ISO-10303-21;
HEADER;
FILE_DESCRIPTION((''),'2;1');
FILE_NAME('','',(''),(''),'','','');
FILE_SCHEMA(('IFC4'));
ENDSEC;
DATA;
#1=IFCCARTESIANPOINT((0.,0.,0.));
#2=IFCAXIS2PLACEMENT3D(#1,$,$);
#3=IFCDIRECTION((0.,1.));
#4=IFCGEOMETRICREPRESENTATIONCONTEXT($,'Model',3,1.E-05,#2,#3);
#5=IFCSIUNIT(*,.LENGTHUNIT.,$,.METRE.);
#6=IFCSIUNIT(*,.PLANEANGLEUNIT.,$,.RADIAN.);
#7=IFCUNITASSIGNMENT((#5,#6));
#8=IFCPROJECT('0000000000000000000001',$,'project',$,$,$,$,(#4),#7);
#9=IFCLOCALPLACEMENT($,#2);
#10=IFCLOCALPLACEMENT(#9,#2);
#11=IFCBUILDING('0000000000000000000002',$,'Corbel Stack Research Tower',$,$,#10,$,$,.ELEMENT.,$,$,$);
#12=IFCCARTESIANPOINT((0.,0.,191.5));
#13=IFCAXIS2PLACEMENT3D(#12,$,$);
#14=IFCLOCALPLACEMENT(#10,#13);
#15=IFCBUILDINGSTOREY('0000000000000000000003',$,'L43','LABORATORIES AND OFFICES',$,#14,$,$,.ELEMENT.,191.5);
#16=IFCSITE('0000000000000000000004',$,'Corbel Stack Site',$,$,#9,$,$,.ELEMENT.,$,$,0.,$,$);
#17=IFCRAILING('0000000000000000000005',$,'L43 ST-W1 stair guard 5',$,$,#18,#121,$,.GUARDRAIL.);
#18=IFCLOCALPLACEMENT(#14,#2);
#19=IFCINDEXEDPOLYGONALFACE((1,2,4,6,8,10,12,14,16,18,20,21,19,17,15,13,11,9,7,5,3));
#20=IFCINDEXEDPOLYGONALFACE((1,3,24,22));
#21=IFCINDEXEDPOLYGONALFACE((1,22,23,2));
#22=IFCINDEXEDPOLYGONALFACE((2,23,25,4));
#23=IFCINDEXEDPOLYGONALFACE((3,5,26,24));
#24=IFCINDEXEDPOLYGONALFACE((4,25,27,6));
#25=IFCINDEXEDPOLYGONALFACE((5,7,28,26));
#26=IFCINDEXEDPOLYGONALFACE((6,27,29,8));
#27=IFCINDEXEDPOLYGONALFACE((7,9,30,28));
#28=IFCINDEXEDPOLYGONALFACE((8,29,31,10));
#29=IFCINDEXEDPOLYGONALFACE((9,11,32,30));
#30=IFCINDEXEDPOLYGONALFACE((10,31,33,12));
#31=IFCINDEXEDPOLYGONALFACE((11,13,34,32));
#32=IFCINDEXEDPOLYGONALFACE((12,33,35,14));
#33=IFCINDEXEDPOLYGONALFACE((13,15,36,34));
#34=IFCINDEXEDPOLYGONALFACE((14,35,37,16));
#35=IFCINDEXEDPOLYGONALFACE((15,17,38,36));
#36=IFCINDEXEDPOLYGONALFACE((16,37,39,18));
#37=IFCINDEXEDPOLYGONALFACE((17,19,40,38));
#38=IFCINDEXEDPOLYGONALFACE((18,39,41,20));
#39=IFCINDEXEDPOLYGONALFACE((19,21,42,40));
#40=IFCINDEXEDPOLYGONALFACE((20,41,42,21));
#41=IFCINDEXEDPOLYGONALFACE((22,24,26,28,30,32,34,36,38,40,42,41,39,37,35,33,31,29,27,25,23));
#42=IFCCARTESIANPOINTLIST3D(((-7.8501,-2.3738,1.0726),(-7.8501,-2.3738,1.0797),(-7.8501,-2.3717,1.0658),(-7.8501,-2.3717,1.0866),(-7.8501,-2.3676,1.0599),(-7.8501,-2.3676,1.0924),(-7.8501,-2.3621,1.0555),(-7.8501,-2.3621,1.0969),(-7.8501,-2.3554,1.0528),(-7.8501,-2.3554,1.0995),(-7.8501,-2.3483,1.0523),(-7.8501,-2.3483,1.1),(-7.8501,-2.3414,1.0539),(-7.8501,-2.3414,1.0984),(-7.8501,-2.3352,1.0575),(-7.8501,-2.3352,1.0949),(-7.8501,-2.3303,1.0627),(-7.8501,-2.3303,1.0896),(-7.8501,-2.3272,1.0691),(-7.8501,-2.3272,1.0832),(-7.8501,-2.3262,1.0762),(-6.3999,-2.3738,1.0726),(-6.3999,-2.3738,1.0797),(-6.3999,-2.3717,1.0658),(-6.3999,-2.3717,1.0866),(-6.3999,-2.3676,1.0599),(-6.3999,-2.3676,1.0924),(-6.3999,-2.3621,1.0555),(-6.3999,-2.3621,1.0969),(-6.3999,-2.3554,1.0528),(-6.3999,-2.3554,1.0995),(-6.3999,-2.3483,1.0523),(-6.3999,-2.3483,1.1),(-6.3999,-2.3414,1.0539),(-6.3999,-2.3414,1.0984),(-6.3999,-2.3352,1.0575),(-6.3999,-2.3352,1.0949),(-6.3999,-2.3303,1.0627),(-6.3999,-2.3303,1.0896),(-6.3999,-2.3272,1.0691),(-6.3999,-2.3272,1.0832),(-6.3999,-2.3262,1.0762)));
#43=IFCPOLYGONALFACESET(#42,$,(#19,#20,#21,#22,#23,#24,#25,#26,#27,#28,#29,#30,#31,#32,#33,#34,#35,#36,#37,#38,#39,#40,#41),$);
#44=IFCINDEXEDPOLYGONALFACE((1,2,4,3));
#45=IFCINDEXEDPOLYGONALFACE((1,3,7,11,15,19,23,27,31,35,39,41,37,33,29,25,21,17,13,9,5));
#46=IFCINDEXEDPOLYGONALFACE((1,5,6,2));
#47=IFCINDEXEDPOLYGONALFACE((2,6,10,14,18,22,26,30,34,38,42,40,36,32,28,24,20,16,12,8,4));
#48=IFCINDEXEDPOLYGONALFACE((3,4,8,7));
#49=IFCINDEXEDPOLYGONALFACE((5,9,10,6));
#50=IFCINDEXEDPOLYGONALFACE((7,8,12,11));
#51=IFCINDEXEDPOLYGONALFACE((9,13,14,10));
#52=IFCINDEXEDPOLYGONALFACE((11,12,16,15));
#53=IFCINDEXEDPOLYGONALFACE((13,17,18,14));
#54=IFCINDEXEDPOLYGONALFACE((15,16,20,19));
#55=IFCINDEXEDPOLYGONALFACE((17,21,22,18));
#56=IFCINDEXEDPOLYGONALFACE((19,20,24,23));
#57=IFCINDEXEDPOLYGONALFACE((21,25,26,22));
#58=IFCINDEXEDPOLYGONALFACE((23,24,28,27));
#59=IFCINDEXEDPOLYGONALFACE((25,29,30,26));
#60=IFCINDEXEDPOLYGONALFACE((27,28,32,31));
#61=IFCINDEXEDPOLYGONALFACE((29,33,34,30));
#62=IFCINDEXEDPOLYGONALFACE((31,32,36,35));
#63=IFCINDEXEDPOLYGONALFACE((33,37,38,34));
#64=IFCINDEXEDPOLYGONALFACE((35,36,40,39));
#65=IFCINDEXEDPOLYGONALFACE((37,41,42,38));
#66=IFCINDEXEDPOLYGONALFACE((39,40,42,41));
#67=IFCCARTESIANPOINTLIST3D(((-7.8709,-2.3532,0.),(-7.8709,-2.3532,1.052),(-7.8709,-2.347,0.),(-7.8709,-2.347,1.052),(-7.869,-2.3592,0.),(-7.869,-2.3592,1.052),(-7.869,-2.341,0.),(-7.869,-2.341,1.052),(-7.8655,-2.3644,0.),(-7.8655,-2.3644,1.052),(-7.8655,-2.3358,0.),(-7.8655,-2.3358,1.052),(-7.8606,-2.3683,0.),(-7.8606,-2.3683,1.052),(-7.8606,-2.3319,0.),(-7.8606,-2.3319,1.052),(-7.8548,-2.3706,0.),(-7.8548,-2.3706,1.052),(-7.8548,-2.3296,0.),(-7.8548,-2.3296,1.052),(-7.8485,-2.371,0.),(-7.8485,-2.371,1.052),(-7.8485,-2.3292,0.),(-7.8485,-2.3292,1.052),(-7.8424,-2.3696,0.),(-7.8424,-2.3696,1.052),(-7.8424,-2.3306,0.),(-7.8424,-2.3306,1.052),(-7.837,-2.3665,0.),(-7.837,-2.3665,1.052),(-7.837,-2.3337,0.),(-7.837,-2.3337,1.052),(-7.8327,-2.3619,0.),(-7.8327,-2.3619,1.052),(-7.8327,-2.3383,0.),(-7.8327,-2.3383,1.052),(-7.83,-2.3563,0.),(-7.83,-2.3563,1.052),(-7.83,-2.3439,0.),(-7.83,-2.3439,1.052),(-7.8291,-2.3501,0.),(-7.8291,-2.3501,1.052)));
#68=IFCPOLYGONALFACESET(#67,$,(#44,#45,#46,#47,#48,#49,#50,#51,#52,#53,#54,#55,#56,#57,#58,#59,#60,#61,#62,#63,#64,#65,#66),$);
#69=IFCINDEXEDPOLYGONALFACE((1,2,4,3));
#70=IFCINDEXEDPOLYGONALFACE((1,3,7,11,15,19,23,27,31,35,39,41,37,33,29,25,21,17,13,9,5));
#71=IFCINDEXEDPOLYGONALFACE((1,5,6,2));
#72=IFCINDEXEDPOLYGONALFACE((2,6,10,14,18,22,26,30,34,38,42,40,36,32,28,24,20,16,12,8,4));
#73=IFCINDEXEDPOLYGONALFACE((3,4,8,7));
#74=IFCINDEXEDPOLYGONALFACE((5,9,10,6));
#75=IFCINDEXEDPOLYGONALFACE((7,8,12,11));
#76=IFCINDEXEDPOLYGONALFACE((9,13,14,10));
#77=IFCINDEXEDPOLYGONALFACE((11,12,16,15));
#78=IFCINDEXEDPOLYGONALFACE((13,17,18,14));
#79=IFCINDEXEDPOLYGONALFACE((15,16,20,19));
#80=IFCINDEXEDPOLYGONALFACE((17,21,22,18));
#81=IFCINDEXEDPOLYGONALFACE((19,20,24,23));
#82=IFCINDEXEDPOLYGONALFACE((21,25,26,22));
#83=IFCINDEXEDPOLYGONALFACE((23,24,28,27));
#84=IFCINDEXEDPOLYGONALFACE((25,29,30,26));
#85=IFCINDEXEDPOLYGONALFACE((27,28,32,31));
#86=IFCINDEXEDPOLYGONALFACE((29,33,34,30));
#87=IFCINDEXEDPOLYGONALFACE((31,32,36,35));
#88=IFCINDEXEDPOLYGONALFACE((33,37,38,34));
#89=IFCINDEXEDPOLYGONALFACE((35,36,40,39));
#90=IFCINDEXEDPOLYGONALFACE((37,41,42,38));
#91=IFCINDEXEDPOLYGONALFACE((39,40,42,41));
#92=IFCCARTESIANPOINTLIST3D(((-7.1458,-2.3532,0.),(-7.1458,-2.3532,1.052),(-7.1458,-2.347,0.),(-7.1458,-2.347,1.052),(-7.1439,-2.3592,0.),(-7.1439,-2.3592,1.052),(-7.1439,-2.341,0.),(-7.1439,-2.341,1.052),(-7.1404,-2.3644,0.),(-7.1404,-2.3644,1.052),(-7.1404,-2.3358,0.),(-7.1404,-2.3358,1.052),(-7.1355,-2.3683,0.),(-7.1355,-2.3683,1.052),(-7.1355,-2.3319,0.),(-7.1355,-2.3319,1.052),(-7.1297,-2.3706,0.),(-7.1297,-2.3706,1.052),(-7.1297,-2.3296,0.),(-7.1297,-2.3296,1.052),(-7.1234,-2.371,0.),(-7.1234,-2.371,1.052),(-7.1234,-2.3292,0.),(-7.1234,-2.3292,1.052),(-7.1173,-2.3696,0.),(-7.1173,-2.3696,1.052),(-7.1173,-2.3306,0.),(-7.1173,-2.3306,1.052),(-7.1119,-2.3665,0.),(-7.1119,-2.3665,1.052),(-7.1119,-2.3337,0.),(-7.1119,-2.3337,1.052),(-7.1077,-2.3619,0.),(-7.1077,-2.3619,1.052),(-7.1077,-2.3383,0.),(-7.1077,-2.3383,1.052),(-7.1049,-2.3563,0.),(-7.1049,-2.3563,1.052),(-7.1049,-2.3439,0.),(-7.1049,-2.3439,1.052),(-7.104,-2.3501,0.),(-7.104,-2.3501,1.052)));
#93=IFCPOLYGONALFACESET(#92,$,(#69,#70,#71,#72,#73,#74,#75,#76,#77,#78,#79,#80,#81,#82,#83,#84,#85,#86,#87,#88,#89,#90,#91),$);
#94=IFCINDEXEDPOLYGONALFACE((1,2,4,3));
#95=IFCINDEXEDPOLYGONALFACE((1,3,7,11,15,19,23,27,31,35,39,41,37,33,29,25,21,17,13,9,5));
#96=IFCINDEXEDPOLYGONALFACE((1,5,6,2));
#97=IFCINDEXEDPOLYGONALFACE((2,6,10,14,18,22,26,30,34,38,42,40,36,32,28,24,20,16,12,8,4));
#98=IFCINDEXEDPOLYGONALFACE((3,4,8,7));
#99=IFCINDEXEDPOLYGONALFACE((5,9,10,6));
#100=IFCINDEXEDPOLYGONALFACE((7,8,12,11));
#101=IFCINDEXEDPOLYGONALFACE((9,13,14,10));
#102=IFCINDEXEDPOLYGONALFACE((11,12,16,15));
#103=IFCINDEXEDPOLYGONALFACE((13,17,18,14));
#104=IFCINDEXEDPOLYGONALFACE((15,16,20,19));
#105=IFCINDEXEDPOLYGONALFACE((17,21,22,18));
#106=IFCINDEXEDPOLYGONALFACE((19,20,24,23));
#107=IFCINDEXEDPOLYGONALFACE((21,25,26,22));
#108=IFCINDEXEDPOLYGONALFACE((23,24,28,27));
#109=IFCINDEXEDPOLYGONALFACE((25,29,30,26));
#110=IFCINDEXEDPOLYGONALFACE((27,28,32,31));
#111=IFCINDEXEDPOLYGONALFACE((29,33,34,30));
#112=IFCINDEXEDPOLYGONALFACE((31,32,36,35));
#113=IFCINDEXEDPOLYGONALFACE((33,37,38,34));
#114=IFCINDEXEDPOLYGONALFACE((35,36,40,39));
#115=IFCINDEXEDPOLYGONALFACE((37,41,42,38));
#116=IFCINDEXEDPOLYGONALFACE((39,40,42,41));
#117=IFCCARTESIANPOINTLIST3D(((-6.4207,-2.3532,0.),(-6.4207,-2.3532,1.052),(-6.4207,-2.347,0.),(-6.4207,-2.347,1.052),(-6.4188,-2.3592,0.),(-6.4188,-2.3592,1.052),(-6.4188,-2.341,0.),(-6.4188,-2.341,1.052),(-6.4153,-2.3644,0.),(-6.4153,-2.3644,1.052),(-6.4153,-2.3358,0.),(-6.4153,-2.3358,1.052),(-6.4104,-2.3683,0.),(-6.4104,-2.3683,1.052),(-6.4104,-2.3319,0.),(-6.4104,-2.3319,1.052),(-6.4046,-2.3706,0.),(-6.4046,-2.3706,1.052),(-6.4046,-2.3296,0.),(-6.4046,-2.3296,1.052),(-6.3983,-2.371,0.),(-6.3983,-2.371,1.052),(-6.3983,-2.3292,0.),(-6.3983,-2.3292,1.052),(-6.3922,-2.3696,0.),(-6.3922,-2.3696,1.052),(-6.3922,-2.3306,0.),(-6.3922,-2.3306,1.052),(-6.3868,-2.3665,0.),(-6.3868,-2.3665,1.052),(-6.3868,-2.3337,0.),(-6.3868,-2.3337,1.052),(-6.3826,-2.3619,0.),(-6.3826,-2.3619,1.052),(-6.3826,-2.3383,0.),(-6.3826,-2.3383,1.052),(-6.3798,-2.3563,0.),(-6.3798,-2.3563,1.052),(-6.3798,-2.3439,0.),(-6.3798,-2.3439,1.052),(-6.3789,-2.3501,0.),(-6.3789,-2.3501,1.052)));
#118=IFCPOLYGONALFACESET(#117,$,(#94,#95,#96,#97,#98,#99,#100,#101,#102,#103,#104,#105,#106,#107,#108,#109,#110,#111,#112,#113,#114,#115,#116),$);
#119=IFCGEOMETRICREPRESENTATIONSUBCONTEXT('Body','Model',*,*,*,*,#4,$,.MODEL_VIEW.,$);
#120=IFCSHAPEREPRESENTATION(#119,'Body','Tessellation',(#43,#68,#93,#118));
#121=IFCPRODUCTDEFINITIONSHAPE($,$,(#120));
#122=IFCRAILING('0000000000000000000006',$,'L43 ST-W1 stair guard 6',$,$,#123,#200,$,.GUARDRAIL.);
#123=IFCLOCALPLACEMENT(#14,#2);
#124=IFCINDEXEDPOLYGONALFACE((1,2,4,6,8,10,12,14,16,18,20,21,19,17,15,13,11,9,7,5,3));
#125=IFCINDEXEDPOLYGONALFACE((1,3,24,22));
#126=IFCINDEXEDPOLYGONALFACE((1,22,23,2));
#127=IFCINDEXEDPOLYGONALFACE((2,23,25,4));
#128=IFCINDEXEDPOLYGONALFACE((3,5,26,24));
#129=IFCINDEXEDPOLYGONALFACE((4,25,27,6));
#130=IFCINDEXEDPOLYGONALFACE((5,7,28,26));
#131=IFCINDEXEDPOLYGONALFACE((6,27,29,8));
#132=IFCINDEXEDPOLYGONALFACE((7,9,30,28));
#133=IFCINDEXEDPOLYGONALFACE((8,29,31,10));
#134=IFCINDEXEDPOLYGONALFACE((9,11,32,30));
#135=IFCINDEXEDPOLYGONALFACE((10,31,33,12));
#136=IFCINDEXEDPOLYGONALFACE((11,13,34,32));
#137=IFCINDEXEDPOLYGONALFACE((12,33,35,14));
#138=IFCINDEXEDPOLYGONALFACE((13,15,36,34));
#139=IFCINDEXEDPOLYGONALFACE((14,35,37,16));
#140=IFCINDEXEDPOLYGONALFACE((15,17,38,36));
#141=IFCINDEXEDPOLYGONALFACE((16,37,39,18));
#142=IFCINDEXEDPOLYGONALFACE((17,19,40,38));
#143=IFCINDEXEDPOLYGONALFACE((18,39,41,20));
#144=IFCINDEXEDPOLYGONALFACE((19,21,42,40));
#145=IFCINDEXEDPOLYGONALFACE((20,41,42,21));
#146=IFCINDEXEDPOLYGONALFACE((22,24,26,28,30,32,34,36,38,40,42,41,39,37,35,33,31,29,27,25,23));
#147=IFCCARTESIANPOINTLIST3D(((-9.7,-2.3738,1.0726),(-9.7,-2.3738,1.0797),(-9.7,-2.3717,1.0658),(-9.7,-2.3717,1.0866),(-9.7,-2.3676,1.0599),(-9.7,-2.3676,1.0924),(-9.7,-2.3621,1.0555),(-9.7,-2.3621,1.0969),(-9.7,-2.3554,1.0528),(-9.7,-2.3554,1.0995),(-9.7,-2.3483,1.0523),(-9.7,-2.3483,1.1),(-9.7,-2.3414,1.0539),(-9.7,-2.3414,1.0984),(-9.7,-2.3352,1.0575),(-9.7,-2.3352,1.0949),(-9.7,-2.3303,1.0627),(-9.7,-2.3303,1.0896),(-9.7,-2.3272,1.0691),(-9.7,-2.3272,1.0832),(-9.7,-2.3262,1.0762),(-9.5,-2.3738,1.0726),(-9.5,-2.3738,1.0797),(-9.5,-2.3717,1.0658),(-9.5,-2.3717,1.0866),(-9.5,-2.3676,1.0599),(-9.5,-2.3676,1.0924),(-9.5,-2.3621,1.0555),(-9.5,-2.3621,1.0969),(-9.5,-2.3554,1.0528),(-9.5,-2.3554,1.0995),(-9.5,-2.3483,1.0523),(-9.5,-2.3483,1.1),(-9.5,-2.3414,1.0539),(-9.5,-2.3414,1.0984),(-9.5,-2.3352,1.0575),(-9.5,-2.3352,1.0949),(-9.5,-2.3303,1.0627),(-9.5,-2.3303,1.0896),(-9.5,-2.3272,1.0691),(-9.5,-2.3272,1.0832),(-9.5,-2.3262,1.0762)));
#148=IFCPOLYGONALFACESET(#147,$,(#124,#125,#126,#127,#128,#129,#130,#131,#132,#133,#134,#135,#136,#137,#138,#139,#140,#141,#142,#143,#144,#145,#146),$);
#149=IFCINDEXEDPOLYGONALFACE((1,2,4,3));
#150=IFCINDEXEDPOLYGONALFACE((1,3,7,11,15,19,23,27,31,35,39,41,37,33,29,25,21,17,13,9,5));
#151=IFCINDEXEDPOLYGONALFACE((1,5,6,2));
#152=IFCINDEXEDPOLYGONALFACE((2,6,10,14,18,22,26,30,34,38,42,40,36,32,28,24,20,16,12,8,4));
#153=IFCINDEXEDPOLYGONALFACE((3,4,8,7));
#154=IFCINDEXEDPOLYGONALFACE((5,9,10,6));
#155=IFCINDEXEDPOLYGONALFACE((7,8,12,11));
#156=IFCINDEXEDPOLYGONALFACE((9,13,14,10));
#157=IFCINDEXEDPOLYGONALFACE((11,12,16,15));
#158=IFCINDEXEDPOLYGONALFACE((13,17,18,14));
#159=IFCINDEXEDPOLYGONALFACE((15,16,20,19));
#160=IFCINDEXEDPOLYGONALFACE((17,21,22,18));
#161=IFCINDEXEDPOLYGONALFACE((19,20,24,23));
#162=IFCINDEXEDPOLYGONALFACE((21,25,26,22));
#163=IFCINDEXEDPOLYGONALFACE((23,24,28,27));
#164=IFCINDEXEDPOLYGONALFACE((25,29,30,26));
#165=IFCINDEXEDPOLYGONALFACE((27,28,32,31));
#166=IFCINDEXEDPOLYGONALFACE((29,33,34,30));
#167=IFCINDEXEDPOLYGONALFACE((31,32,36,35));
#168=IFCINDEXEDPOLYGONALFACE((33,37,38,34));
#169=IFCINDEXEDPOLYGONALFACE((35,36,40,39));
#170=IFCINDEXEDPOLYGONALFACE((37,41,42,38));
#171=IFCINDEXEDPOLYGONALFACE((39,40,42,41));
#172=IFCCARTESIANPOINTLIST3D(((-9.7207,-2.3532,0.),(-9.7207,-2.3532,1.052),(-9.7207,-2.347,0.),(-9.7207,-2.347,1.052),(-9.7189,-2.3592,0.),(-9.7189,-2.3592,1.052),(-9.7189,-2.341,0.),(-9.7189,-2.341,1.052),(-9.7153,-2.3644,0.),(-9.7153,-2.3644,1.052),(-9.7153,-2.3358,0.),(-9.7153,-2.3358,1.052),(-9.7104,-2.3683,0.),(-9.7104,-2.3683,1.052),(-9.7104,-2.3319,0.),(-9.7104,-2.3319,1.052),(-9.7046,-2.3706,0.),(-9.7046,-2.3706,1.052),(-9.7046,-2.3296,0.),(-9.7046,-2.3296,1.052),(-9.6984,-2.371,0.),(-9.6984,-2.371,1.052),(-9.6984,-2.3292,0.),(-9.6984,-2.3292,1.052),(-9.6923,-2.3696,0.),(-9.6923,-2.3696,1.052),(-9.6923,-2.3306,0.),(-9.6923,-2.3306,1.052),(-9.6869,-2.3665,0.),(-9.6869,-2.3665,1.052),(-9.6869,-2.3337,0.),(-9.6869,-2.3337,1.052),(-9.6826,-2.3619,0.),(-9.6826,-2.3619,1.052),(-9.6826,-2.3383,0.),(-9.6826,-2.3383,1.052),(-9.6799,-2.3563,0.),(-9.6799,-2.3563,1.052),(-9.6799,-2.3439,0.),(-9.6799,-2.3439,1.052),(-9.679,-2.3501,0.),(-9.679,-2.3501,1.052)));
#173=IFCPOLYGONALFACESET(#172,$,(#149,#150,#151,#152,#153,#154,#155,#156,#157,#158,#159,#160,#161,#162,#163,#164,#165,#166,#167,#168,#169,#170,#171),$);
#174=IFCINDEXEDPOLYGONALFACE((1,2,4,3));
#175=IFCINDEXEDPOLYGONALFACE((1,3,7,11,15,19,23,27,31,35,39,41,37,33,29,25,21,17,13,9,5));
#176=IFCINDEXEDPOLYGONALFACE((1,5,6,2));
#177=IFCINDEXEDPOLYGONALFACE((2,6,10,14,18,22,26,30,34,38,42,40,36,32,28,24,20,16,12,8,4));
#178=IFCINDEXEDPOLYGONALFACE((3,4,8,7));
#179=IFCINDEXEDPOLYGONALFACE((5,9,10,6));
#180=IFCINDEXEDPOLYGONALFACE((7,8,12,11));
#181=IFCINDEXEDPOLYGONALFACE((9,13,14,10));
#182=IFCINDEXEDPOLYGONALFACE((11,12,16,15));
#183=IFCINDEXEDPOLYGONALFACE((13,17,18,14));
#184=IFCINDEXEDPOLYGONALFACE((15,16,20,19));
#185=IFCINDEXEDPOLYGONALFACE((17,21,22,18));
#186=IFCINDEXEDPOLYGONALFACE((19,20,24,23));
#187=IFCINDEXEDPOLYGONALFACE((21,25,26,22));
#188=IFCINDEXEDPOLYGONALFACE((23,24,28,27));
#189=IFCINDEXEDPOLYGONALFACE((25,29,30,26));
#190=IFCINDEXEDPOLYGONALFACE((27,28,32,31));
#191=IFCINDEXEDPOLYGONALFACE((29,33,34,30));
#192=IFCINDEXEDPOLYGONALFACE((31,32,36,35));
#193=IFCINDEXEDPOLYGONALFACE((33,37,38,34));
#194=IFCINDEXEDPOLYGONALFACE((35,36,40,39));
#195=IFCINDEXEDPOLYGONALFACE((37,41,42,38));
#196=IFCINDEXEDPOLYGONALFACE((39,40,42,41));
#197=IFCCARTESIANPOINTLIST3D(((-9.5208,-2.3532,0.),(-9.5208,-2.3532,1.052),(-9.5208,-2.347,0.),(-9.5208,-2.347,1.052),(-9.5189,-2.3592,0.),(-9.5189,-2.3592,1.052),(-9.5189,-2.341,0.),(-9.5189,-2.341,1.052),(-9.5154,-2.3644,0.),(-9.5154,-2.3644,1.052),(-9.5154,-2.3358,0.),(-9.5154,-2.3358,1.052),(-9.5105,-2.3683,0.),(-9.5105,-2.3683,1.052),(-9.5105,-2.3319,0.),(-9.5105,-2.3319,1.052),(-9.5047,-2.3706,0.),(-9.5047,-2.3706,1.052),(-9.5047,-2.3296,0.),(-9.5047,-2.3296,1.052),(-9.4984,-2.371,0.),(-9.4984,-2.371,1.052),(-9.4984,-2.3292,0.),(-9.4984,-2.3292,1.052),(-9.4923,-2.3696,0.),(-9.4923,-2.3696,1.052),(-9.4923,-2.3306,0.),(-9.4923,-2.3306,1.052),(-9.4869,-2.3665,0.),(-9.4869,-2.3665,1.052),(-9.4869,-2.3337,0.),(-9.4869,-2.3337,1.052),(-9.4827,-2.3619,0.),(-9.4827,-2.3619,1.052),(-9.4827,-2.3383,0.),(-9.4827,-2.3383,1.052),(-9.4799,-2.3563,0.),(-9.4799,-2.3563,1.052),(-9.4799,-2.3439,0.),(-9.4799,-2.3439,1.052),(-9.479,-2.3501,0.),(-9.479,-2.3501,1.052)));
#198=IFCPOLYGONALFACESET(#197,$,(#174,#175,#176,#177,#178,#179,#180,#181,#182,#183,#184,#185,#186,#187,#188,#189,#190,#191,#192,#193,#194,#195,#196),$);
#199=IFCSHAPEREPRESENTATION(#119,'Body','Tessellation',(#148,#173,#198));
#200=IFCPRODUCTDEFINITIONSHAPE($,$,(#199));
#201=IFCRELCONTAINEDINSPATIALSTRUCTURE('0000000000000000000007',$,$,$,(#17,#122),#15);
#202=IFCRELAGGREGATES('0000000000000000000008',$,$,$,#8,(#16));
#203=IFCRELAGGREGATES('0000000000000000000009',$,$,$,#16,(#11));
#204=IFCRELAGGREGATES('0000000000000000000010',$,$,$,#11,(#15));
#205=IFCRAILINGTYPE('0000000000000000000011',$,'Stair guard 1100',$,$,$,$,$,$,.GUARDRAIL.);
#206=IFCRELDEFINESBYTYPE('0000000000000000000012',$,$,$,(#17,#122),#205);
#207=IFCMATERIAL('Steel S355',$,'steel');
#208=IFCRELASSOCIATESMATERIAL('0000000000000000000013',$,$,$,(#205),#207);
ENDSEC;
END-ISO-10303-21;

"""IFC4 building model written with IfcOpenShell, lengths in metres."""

from ifc_helpers import new_model, si_unit, direction, frame, origin, origin_2d, place, context, subcontext, project, spatial, circle, extrude, material, type_object, element, save


model = new_model("IFC4")

# Units and contexts
model_context = context("Model", 3, precision=1e-05, world=origin(), true_north=direction((0.0, 1.0)))
body_context = subcontext(model_context, "Body", "Model", "MODEL_VIEW")
ifc_project = project(units=[si_unit("LENGTHUNIT", "METRE"), si_unit("PLANEANGLEUNIT", "RADIAN")], contexts=[model_context])

# Site, building, storey
site_placement = place(None, origin())
site = spatial("IfcSite", under=ifc_project, at=site_placement, Name="Corbel Stack Site", CompositionType="ELEMENT", RefElevation=0.0)
building_placement = place(site_placement, origin())
building = spatial("IfcBuilding", under=site, at=building_placement, Name="Corbel Stack Research Tower", CompositionType="ELEMENT")
storey_placement = place(building_placement, frame((0.0, 0.0, 191.5)))
storey = spatial("IfcBuildingStorey", under=building, at=storey_placement, Name="L43", Description="LABORATORIES AND OFFICES", CompositionType="ELEMENT", Elevation=191.5)

# Railings
ifc_material_1 = material(Name="Steel S355", Category="steel")
railing_type_1 = type_object("IfcRailingType", Name="Stair guard 1100", PredefinedType="GUARDRAIL", material=ifc_material_1)
railing_1_placement = place(storey_placement, frame((-7.8501, -2.3501, 0.0)))
element("IfcRailing", 1, at=railing_1_placement, inside=storey, type_object=railing_type_1, Name="L43 ST-W1 stair guard 5", PredefinedType="GUARDRAIL", context=body_context, shape_type="SweptSolid", body=[
    extrude(circle(Radius=0.0239, at=origin_2d()), frame((0.0, 0.0, 1.0762), z_axis=(1.0, 0.0, 0.0), x_axis=(0.0, 1.0, 0.0)), (0.0, 0.0, 1.0), 1.4502),
    extrude(circle(Radius=0.021, at=origin_2d()), origin(), (0.0, 0.0, 1.0), 1.052),
    extrude(circle(Radius=0.021, at=origin_2d()), frame((0.7251, 0.0, 0.0)), (0.0, 0.0, 1.0), 1.052),
    extrude(circle(Radius=0.021, at=origin_2d()), frame((1.4502, 0.0, 0.0)), (0.0, 0.0, 1.0), 1.052),
])
railing_2_placement = place(storey_placement, frame((-9.7, -2.3501, 0.0)))
element("IfcRailing", 2, at=railing_2_placement, inside=storey, type_object=railing_type_1, Name="L43 ST-W1 stair guard 6", PredefinedType="GUARDRAIL", context=body_context, shape_type="SweptSolid", body=[
    extrude(circle(Radius=0.0239, at=origin_2d()), frame((0.0, 0.0, 1.0762), z_axis=(1.0, 0.0, 0.0), x_axis=(0.0, 1.0, 0.0)), (0.0, 0.0, 1.0), 0.2),
    extrude(circle(Radius=0.021, at=origin_2d()), origin(), (0.0, 0.0, 1.0), 1.052),
    extrude(circle(Radius=0.021, at=origin_2d()), frame((0.2, 0.0, 0.0)), (0.0, 0.0, 1.0), 1.052),
])

save(model, "model.ifc")
